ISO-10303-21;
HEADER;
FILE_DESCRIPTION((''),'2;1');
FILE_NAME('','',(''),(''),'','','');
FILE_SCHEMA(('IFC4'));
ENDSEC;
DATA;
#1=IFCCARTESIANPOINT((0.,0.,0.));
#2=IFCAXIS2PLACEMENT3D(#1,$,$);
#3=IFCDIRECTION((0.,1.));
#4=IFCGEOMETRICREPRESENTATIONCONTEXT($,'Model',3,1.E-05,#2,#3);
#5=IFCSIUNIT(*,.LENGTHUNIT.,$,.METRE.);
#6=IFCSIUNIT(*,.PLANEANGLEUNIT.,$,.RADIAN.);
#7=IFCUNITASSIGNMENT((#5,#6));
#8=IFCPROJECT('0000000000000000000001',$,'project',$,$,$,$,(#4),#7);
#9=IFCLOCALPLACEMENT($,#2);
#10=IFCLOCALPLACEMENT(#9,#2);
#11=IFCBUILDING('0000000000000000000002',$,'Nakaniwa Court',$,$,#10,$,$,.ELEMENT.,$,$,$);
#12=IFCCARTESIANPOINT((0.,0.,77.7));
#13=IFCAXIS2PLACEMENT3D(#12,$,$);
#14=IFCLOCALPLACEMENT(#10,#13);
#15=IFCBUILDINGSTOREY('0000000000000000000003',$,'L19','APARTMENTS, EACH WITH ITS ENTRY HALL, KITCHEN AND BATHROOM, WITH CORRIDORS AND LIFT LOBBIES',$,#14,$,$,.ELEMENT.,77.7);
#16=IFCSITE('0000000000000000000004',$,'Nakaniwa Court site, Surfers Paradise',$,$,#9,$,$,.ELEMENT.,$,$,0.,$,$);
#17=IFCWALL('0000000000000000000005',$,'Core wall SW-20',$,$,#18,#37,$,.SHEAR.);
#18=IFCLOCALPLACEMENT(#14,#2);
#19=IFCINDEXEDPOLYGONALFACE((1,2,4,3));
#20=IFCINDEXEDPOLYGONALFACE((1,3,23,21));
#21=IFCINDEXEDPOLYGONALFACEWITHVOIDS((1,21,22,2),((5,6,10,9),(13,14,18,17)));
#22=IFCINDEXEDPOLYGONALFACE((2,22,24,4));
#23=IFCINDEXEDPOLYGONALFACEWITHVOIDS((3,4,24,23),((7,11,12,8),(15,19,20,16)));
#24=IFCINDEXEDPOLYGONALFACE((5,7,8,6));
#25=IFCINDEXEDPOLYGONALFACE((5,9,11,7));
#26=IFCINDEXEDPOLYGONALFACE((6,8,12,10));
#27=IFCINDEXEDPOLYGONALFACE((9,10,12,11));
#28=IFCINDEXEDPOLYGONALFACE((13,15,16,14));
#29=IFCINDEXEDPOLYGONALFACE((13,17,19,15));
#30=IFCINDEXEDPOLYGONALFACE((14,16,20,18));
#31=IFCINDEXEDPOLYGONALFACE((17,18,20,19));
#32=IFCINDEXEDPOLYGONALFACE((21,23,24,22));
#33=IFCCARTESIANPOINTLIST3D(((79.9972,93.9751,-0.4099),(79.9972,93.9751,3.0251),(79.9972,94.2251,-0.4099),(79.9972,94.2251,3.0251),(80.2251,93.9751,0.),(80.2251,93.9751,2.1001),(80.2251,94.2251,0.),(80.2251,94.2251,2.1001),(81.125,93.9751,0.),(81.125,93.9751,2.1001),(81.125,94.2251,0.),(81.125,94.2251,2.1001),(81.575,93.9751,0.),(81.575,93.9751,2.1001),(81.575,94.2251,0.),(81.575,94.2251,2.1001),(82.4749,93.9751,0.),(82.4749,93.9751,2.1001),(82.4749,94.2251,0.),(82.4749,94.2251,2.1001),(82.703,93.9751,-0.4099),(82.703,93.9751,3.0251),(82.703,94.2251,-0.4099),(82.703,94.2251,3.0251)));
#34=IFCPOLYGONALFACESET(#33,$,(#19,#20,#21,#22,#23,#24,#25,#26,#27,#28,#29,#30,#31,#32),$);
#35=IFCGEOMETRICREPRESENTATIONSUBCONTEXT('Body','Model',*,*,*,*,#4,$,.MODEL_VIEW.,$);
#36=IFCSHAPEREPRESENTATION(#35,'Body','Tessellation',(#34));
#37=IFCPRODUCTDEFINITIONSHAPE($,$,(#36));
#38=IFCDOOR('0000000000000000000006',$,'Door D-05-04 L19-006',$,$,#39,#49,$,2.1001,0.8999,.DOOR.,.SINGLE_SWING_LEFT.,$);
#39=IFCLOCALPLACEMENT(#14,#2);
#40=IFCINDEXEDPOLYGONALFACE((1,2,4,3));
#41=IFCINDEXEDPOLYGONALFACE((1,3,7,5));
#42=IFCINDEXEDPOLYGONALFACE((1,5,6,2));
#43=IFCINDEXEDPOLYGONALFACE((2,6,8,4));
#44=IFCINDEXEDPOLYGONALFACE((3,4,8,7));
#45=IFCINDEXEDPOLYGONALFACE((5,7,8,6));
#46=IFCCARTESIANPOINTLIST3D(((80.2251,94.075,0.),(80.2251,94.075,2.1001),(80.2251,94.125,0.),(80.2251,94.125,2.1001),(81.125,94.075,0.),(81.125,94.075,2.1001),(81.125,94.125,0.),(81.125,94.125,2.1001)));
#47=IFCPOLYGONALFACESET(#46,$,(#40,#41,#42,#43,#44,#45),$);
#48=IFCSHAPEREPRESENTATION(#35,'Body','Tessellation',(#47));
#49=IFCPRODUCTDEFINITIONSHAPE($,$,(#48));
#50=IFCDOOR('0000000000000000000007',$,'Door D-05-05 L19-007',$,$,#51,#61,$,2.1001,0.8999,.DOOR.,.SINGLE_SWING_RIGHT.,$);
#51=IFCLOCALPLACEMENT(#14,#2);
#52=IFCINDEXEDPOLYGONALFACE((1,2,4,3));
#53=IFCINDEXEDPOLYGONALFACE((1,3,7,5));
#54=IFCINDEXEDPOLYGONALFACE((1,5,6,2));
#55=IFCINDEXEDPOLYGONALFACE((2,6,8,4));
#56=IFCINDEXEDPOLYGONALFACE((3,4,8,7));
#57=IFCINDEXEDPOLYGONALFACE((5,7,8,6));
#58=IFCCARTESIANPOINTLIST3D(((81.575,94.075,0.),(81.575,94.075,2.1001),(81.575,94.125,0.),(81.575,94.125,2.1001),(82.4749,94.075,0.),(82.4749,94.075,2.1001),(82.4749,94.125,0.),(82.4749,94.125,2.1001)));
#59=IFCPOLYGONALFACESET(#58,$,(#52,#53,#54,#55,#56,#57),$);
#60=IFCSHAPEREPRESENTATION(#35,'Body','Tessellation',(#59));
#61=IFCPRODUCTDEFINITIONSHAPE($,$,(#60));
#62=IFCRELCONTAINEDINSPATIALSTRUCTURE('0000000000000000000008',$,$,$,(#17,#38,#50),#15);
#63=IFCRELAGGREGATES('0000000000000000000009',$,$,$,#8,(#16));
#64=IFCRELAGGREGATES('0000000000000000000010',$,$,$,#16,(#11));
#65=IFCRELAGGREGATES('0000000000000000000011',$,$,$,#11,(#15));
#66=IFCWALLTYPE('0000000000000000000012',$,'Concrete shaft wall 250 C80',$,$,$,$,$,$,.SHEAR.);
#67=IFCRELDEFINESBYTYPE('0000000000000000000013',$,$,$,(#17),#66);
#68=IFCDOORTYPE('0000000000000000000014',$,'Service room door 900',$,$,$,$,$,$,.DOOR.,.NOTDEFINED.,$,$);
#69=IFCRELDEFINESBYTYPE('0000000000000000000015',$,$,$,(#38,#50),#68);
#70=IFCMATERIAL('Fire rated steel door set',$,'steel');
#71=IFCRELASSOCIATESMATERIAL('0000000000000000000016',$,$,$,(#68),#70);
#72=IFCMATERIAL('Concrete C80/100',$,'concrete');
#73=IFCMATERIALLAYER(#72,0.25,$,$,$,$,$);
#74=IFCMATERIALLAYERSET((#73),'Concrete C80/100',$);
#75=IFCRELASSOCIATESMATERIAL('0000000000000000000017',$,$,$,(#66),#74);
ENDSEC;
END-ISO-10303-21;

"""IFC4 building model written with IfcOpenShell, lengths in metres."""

from ifc_helpers import new_model, si_unit, direction, frame, frame_2d, origin, place, context, subcontext, project, spatial, rectangle, extrude, material, layer, layer_set, type_object, element, fill, save


model = new_model("IFC4")

# Units and contexts
model_context = context("Model", 3, precision=1e-05, world=origin(), true_north=direction((0.0, 1.0)))
body_context = subcontext(model_context, "Body", "Model", "MODEL_VIEW")
ifc_project = project(units=[si_unit("LENGTHUNIT", "METRE"), si_unit("PLANEANGLEUNIT", "RADIAN")], contexts=[model_context])

# Site, building, storey
site_placement = place(None, origin())
site = spatial("IfcSite", under=ifc_project, at=site_placement, Name="Nakaniwa Court site, Surfers Paradise", CompositionType="ELEMENT", RefElevation=0.0)
building_placement = place(site_placement, origin())
building = spatial("IfcBuilding", under=site, at=building_placement, Name="Nakaniwa Court", CompositionType="ELEMENT")
storey_placement = place(building_placement, frame((0.0, 0.0, 77.7)))
storey = spatial("IfcBuildingStorey", under=building, at=storey_placement, Name="L19", Description="APARTMENTS, EACH WITH ITS ENTRY HALL, KITCHEN AND BATHROOM, WITH CORRIDORS AND LIFT LOBBIES", CompositionType="ELEMENT", Elevation=77.7)

# Shared definitions
ifc_material_1 = material(Name="Fire rated steel door set", Category="steel")
door_type_1 = type_object("IfcDoorType", Name="Service room door 900", OperationType="NOTDEFINED", PredefinedType="DOOR", material=ifc_material_1)

# Shared definitions
ifc_material_2 = material(Name="Concrete C80/100", Category="concrete")

# Shared definitions
ifc_layer_1 = layer(ifc_material_2, 0.25)
ifc_layer_set_1 = layer_set([ifc_layer_1], Name="Concrete C80/100")
wall_type_1 = type_object("IfcWallType", Name="Concrete shaft wall 250 C80", PredefinedType="SHEAR", material=ifc_layer_set_1)

# Wall, openings, doors
wall_1_placement = place(storey_placement, frame((79.9971, 94.1001, -0.4099), z_axis=(0.0, 0.0, 1.0), x_axis=(1.0, 0.0, 0.0)))
wall_1 = element("IfcWall", 1, at=wall_1_placement, inside=storey, type_object=wall_type_1, Name="Core wall SW-20", PredefinedType="SHEAR", context=body_context, shape_type="SweptSolid", body=[
    extrude(rectangle(XDim=2.7058, YDim=0.25, at=frame_2d((1.353, 0.0))), origin(), (0.0, 0.0, 1.0), 3.4351),
])
opening_1_placement = place(wall_1_placement, frame((0.228, 0.0, 0.4099)))
opening_1 = element("IfcOpeningElement", 2, at=opening_1_placement, cuts=wall_1, PredefinedType="OPENING", context=body_context, shape_type="SweptSolid", body=[
    extrude(rectangle(XDim=0.8999, YDim=2.1001, at=frame_2d((0.45, 1.05))), frame((0.0, 0.135, 0.0), z_axis=(0.0, -1.0, 0.0), x_axis=(1.0, 0.0, 0.0)), (0.0, 0.0, 1.0), 0.27),
])
opening_2_placement = place(wall_1_placement, frame((1.5779, 0.0, 0.4099)))
opening_2 = element("IfcOpeningElement", 3, at=opening_2_placement, cuts=wall_1, PredefinedType="OPENING", context=body_context, shape_type="SweptSolid", body=[
    extrude(rectangle(XDim=0.8999, YDim=2.1001, at=frame_2d((0.45, 1.05))), frame((0.0, 0.135, 0.0), z_axis=(0.0, -1.0, 0.0), x_axis=(1.0, 0.0, 0.0)), (0.0, 0.0, 1.0), 0.27),
])
door_1_placement = place(opening_1_placement, origin())
door_1 = element("IfcDoor", 4, at=door_1_placement, inside=storey, type_object=door_type_1, Name="Door D-05-04 L19-006", OperationType="SINGLE_SWING_LEFT", OverallHeight=2.1001, OverallWidth=0.8999, PredefinedType="DOOR", context=body_context, shape_type="SweptSolid", body=[
    extrude(rectangle(XDim=0.8999, YDim=2.1001, at=frame_2d((0.45, 1.05))), frame((0.0, 0.0249, 0.0), z_axis=(0.0, -1.0, 0.0), x_axis=(1.0, 0.0, 0.0)), (0.0, 0.0, 1.0), 0.05),
])
fill(opening_1, door_1)
door_2_placement = place(opening_2_placement, origin())
door_2 = element("IfcDoor", 5, at=door_2_placement, inside=storey, type_object=door_type_1, Name="Door D-05-05 L19-007", OperationType="SINGLE_SWING_RIGHT", OverallHeight=2.1001, OverallWidth=0.8999, PredefinedType="DOOR", context=body_context, shape_type="SweptSolid", body=[
    extrude(rectangle(XDim=0.8999, YDim=2.1001, at=frame_2d((0.45, 1.05))), frame((0.0, 0.0249, 0.0), z_axis=(0.0, -1.0, 0.0), x_axis=(1.0, 0.0, 0.0)), (0.0, 0.0, 1.0), 0.05),
])
fill(opening_2, door_2)

save(model, "model.ifc")
